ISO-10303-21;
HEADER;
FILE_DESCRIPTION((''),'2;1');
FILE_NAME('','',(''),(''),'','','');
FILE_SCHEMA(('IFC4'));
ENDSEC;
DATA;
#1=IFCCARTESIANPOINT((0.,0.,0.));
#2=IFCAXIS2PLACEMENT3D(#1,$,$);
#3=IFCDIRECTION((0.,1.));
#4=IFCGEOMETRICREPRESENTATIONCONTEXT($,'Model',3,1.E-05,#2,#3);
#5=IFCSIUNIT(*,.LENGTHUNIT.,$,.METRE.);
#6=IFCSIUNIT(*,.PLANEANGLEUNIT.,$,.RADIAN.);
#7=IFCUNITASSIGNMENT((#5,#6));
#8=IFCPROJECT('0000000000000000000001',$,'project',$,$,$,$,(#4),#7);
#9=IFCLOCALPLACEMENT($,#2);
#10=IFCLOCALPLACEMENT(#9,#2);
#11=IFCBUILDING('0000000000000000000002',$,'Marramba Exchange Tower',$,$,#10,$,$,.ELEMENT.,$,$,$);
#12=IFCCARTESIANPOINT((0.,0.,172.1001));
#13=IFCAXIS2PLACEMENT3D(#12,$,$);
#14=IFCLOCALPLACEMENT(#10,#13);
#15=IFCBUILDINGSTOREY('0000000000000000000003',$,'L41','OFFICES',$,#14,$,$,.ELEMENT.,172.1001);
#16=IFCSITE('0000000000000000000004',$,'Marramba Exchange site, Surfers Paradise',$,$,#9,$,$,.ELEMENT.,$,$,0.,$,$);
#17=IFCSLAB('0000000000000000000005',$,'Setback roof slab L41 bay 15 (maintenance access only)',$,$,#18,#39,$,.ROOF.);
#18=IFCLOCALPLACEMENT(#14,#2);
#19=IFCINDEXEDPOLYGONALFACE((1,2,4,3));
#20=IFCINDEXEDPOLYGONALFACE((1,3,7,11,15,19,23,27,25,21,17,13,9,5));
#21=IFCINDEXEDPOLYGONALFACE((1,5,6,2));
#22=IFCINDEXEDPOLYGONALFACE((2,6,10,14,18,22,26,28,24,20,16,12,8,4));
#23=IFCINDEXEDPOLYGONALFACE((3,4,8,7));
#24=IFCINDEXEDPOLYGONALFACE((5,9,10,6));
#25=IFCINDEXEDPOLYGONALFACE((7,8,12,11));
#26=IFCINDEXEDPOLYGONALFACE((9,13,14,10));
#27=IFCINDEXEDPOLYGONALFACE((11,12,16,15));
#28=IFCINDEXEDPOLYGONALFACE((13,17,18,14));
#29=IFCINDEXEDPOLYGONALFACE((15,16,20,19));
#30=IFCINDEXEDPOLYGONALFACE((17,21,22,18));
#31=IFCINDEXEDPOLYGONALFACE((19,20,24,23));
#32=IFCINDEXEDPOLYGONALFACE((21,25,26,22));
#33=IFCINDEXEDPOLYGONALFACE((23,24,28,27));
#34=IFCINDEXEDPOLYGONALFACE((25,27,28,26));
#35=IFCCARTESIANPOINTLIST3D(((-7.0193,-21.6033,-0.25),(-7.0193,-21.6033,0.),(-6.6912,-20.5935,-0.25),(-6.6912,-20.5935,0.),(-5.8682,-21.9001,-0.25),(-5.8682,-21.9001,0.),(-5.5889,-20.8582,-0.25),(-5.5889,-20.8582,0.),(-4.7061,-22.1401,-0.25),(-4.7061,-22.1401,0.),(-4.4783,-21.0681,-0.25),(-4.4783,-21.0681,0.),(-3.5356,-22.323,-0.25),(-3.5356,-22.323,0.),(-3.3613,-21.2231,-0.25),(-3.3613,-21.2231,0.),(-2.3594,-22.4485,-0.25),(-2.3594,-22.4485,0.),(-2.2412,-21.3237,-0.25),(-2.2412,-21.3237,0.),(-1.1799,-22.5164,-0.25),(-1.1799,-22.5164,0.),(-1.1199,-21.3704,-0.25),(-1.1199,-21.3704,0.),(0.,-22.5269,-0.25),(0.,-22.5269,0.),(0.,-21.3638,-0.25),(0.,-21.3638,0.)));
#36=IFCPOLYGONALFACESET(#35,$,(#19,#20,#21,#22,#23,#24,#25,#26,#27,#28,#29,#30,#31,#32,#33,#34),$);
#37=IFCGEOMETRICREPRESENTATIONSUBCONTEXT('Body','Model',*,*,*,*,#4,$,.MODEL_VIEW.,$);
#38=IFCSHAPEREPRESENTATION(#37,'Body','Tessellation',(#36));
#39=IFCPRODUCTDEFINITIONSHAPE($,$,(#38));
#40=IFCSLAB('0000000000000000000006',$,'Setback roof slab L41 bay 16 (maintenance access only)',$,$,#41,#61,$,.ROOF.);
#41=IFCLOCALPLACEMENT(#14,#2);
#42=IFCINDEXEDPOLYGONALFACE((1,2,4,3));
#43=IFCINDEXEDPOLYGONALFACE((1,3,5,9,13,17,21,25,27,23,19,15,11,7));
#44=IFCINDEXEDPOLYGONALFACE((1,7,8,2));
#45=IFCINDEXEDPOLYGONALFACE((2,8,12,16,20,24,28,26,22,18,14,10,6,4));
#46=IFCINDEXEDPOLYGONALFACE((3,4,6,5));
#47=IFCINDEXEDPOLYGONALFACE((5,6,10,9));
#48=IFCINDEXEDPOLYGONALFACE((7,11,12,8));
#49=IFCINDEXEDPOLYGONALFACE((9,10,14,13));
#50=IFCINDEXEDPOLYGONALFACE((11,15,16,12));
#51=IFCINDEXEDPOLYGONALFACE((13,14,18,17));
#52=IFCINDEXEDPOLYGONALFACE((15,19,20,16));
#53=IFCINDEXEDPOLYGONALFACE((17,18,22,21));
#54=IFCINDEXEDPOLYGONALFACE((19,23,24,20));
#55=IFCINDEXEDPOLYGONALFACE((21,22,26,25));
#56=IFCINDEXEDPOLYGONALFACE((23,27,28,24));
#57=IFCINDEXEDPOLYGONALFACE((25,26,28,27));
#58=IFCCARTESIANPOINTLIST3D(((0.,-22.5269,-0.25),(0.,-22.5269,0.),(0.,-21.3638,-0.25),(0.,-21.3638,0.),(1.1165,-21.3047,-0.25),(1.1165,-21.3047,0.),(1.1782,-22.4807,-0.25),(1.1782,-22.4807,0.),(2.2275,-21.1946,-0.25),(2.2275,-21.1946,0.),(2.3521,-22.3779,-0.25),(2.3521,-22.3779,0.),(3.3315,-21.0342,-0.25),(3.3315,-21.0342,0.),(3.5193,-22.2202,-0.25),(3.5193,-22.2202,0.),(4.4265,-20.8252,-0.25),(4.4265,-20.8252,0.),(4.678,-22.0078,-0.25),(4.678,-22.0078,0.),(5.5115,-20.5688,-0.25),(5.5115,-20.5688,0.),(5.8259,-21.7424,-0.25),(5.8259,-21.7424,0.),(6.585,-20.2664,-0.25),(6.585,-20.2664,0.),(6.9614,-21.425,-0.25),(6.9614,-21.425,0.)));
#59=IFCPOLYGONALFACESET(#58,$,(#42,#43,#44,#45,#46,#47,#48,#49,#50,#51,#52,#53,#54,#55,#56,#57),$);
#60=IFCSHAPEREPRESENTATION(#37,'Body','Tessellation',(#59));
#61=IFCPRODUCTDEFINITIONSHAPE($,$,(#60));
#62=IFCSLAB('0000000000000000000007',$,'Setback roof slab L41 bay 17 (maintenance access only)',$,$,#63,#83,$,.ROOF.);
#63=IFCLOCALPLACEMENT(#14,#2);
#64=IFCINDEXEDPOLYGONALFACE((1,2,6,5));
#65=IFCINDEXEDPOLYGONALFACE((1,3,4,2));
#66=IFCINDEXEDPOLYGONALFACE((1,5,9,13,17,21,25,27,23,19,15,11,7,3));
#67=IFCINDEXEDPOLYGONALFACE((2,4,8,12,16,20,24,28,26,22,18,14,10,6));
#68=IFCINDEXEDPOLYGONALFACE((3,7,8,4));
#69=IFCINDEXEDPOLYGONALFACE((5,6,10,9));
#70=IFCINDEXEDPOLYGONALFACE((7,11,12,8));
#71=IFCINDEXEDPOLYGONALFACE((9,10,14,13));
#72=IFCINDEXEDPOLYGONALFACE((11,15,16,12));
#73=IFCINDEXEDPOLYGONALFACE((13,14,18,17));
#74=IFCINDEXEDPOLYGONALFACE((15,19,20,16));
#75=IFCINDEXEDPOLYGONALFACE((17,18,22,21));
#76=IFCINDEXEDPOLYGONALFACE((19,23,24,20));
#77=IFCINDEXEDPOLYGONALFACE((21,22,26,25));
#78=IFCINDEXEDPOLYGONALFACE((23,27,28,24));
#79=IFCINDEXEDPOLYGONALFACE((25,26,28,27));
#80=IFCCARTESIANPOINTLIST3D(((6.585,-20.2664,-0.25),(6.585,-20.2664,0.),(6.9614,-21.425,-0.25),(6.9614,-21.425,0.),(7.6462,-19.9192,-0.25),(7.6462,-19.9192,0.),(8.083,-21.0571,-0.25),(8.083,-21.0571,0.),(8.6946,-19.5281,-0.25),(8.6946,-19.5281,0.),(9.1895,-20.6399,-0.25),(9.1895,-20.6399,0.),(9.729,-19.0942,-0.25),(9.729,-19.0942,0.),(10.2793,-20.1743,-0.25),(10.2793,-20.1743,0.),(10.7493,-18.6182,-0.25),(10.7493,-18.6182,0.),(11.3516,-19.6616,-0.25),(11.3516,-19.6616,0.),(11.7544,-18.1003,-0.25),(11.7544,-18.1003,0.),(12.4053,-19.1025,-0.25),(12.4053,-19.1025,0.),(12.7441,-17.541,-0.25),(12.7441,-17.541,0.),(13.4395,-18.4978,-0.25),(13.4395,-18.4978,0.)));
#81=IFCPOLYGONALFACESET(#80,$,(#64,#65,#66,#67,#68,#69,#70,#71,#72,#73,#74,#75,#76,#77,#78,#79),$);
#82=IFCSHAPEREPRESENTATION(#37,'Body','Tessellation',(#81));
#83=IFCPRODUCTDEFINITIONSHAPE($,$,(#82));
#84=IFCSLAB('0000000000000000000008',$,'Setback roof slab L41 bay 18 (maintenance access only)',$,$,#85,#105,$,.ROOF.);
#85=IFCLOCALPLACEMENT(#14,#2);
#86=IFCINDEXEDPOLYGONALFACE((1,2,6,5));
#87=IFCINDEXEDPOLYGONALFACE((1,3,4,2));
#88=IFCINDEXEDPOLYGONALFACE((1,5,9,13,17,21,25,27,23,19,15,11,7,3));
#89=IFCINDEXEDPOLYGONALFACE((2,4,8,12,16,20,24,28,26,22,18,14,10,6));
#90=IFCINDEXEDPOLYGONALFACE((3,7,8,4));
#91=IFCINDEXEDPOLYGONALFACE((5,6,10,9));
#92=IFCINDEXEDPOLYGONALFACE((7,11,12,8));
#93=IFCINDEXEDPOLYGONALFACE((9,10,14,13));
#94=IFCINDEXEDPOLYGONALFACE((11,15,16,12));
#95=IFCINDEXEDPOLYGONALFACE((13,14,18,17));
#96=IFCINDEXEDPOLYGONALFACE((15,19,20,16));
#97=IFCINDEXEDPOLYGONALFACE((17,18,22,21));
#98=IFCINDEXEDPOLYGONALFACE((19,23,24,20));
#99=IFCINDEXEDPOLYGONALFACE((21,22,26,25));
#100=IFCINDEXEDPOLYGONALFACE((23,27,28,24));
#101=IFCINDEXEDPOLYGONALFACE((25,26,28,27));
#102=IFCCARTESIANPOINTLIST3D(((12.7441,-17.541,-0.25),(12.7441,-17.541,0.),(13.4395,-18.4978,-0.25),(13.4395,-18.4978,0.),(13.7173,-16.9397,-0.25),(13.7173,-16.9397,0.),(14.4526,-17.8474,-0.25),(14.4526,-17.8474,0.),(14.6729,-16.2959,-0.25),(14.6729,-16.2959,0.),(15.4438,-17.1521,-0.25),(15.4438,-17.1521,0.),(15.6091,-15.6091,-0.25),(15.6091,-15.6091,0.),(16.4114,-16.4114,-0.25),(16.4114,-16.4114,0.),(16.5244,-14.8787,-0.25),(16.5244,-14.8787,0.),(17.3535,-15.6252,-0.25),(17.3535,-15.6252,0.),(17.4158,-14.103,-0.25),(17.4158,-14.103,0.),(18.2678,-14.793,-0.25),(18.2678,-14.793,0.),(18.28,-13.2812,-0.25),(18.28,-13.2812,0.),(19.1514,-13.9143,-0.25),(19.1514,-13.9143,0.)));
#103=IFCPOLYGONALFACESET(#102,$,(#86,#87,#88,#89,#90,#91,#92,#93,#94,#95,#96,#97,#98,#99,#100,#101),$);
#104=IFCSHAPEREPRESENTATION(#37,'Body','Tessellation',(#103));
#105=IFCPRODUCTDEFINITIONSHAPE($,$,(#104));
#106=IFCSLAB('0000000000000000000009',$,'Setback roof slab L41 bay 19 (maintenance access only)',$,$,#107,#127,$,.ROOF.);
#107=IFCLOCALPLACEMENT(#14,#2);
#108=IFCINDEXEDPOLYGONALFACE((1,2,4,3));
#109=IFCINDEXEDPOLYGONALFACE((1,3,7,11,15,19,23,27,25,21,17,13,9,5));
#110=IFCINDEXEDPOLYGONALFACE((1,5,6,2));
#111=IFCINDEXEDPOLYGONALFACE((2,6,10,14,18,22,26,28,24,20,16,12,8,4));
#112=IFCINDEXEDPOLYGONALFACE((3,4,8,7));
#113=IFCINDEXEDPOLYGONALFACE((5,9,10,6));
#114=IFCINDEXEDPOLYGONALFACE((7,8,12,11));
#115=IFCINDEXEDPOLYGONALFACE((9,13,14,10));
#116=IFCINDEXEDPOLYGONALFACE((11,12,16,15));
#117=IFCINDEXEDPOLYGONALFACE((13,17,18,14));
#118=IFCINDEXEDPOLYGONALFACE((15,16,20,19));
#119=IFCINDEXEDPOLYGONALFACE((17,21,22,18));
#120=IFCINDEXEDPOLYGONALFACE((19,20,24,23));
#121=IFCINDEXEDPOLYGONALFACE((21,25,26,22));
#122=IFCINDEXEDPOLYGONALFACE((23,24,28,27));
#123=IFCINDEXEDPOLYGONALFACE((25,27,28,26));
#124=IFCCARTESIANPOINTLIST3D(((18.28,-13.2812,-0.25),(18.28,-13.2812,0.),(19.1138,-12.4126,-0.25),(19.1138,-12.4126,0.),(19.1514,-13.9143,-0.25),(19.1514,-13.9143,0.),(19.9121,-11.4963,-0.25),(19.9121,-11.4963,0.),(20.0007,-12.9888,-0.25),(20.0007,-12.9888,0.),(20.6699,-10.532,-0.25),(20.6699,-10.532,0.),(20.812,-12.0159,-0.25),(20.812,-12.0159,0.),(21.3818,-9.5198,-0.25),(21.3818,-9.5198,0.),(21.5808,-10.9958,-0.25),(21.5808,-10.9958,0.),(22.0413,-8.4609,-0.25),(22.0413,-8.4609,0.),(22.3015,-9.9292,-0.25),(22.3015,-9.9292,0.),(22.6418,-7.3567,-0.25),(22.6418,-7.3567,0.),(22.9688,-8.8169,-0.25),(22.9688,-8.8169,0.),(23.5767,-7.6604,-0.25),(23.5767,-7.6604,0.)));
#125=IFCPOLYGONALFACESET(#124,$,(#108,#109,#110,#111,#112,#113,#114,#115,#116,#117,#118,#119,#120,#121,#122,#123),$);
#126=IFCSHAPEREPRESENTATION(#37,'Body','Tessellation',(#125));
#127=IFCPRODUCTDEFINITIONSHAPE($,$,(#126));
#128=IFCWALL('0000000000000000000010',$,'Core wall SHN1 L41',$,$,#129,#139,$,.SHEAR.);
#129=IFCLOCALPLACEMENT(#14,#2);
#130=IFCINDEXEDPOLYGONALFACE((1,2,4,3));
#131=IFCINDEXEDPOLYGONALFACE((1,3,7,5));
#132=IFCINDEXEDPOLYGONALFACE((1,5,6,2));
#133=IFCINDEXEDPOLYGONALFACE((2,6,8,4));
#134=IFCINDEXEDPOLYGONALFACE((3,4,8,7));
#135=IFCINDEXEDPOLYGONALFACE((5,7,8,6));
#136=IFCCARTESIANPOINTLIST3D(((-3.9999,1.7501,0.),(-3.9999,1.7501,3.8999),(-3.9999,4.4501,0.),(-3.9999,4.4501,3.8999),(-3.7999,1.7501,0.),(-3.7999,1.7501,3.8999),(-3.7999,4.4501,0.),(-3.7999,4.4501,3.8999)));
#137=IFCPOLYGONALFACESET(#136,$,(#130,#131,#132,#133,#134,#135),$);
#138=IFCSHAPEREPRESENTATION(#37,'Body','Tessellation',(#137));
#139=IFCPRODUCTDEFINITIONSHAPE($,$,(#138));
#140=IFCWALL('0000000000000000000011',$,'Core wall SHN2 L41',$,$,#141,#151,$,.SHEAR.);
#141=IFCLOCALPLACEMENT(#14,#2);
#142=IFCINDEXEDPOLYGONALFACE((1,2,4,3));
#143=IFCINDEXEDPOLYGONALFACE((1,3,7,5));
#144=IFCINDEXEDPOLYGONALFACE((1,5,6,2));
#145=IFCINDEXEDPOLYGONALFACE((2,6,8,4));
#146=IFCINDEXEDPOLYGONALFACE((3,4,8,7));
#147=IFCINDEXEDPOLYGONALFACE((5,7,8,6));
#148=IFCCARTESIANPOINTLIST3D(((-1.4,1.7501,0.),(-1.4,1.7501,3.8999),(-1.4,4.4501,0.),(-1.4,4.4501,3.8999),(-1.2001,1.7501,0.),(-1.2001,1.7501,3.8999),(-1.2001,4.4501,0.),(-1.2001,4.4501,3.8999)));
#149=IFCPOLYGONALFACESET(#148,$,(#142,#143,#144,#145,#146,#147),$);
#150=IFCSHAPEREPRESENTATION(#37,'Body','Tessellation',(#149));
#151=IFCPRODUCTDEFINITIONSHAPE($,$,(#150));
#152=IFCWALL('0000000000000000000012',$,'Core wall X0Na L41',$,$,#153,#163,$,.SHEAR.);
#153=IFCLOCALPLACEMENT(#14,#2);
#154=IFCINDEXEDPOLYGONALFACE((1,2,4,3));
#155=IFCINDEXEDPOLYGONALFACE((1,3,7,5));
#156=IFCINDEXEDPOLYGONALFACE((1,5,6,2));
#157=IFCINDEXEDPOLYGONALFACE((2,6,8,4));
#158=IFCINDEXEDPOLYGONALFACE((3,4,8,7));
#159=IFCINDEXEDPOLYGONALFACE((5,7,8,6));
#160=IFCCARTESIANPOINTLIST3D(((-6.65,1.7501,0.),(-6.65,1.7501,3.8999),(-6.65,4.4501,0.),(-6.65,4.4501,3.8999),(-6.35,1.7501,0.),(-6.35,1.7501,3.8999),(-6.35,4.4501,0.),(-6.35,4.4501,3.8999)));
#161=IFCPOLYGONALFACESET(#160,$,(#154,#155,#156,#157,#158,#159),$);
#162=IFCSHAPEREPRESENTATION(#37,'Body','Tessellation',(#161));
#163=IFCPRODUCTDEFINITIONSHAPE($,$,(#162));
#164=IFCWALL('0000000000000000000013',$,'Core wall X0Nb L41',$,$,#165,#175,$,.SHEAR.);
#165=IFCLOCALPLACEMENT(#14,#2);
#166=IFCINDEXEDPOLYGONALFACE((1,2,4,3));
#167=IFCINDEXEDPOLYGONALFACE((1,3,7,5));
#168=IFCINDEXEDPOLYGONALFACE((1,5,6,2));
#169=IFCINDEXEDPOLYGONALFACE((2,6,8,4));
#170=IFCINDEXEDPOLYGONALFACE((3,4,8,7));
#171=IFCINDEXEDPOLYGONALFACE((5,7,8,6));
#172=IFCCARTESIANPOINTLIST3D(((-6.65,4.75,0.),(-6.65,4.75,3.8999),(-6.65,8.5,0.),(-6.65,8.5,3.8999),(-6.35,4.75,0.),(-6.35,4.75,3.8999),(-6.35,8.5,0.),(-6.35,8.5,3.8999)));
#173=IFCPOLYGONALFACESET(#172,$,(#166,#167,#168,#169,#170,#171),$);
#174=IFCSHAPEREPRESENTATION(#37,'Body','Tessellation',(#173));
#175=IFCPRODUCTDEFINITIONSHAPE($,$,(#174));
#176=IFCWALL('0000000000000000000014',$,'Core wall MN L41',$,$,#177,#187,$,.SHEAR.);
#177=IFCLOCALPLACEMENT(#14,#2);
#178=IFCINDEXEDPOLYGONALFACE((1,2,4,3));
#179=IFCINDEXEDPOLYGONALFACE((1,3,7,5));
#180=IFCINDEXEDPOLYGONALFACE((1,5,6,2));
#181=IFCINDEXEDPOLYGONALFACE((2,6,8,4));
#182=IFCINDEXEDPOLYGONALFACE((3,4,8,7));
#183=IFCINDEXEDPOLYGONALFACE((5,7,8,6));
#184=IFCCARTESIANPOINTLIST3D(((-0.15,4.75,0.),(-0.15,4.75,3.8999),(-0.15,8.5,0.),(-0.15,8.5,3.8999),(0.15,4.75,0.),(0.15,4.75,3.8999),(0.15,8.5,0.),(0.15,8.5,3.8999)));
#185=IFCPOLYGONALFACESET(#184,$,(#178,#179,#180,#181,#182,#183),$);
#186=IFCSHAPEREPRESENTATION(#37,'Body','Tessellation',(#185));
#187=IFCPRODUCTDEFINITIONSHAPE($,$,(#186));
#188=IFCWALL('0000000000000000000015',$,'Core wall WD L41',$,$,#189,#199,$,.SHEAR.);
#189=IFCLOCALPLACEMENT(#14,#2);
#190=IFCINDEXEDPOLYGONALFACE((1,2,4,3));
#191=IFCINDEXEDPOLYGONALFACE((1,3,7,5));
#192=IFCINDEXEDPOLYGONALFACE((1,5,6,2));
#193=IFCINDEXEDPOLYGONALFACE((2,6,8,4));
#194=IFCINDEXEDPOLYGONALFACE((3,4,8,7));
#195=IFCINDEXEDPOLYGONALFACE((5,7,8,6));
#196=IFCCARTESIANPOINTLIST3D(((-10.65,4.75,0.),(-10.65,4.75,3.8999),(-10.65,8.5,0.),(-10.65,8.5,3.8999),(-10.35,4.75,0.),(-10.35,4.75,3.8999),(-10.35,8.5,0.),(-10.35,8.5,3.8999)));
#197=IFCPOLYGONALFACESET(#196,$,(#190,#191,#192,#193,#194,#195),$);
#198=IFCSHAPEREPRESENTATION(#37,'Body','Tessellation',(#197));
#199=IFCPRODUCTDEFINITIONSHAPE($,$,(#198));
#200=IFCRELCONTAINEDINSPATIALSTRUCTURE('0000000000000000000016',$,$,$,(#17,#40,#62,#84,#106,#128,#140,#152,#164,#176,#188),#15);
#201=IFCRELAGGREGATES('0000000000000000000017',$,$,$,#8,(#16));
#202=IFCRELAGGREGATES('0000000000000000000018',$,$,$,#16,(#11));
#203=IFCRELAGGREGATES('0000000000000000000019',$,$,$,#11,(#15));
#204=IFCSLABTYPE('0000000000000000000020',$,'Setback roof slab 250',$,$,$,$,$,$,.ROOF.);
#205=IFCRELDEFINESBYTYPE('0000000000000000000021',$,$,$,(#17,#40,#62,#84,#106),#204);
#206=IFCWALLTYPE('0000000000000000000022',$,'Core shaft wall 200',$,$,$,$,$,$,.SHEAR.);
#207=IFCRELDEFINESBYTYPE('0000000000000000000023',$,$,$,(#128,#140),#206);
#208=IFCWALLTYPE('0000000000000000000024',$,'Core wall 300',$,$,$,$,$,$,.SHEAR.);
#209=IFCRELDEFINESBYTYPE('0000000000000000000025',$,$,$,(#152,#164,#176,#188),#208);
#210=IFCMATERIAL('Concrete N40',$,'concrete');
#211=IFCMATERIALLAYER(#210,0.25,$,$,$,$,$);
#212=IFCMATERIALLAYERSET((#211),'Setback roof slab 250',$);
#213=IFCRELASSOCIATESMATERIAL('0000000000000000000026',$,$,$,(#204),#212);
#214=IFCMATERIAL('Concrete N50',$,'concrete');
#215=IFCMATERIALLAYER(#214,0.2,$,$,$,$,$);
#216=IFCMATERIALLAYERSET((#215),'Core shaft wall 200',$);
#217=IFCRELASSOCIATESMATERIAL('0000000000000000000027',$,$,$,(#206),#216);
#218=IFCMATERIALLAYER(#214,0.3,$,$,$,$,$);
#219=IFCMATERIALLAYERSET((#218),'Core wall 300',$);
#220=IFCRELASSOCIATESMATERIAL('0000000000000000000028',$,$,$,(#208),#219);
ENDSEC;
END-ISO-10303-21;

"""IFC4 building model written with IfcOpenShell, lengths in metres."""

from ifc_helpers import new_model, si_unit, direction, frame, frame_2d, origin, place, context, subcontext, project, spatial, polyline, rectangle, outline, extrude, material, layer, layer_set, type_object, element, save


model = new_model("IFC4")

# Units and contexts
model_context = context("Model", 3, precision=1e-05, world=origin(), true_north=direction((0.0, 1.0)))
body_context = subcontext(model_context, "Body", "Model", "MODEL_VIEW")
ifc_project = project(units=[si_unit("LENGTHUNIT", "METRE"), si_unit("PLANEANGLEUNIT", "RADIAN")], contexts=[model_context])

# Site, building, storey
site_placement = place(None, origin())
site = spatial("IfcSite", under=ifc_project, at=site_placement, Name="Marramba Exchange site, Surfers Paradise", CompositionType="ELEMENT", RefElevation=0.0)
building_placement = place(site_placement, origin())
building = spatial("IfcBuilding", under=site, at=building_placement, Name="Marramba Exchange Tower", CompositionType="ELEMENT")
storey_placement = place(building_placement, frame((0.0, 0.0, 172.1001)))
storey = spatial("IfcBuildingStorey", under=building, at=storey_placement, Name="L41", Description="OFFICES", CompositionType="ELEMENT", Elevation=172.1001)

# Slabs
ifc_material_1 = material(Name="Concrete N40", Category="concrete")
ifc_layer_1 = layer(ifc_material_1, 0.25)
ifc_layer_set_1 = layer_set([ifc_layer_1], Name="Setback roof slab 250")
slab_type = type_object("IfcSlabType", Name="Setback roof slab 250", PredefinedType="ROOF", material=ifc_layer_set_1)
slab_1_placement = place(storey_placement, frame((0.0, 0.0, -0.25)))
element("IfcSlab", 1, at=slab_1_placement, inside=storey, type_object=slab_type, Name="Setback roof slab L41 bay 15 (maintenance access only)", PredefinedType="ROOF", context=body_context, shape_type="SweptSolid", body=[
    extrude(outline(polyline([(-1.1799, -22.5164), (-2.3594, -22.4485), (-3.5356, -22.323), (-4.7061, -22.1401), (-5.8682, -21.9001), (-7.0193, -21.6033), (-6.6912, -20.5935), (-5.5889, -20.8582), (-4.4783, -21.0681), (-3.3613, -21.2231), (-2.2412, -21.3237), (-1.1199, -21.3704), (0.0, -21.3638), (0.0, -22.5269), (-1.1799, -22.5164)])), origin(), (0.0, 0.0, 1.0), 0.25),
])
slab_2_placement = place(storey_placement, frame((0.0, 0.0, -0.25)))
element("IfcSlab", 2, at=slab_2_placement, inside=storey, type_object=slab_type, Name="Setback roof slab L41 bay 16 (maintenance access only)", PredefinedType="ROOF", context=body_context, shape_type="SweptSolid", body=[
    extrude(outline(polyline([(6.9614, -21.425), (5.8259, -21.7424), (4.678, -22.0078), (3.5193, -22.2202), (2.3521, -22.3779), (1.1782, -22.4807), (0.0, -22.5269), (0.0, -21.3638), (1.1165, -21.3047), (2.2275, -21.1946), (3.3315, -21.0342), (4.4265, -20.8252), (5.5115, -20.5688), (6.585, -20.2664), (6.9614, -21.425)])), origin(), (0.0, 0.0, 1.0), 0.25),
])
slab_3_placement = place(storey_placement, frame((0.0, 0.0, -0.25)))
element("IfcSlab", 3, at=slab_3_placement, inside=storey, type_object=slab_type, Name="Setback roof slab L41 bay 17 (maintenance access only)", PredefinedType="ROOF", context=body_context, shape_type="SweptSolid", body=[
    extrude(outline(polyline([(12.4053, -19.1025), (11.3516, -19.6616), (10.2793, -20.1743), (9.1895, -20.6399), (8.083, -21.0571), (6.9614, -21.425), (6.585, -20.2664), (7.6462, -19.9192), (8.6946, -19.5281), (9.729, -19.0942), (10.7493, -18.6182), (11.7544, -18.1003), (12.7441, -17.541), (13.4395, -18.4978), (12.4053, -19.1025)])), origin(), (0.0, 0.0, 1.0), 0.25),
])
slab_4_placement = place(storey_placement, frame((0.0, 0.0, -0.25)))
element("IfcSlab", 4, at=slab_4_placement, inside=storey, type_object=slab_type, Name="Setback roof slab L41 bay 18 (maintenance access only)", PredefinedType="ROOF", context=body_context, shape_type="SweptSolid", body=[
    extrude(outline(polyline([(19.1514, -13.9143), (18.2678, -14.793), (17.3535, -15.6252), (16.4114, -16.4114), (15.4438, -17.1521), (14.4526, -17.8474), (13.4395, -18.4978), (12.7441, -17.541), (13.7173, -16.9397), (14.6729, -16.2959), (15.6091, -15.6091), (16.5244, -14.8787), (17.4158, -14.103), (18.28, -13.2812), (19.1514, -13.9143)])), origin(), (0.0, 0.0, 1.0), 0.25),
])
slab_5_placement = place(storey_placement, frame((0.0, 0.0, -0.25)))
element("IfcSlab", 5, at=slab_5_placement, inside=storey, type_object=slab_type, Name="Setback roof slab L41 bay 19 (maintenance access only)", PredefinedType="ROOF", context=body_context, shape_type="SweptSolid", body=[
    extrude(outline(polyline([(23.5767, -7.6604), (22.9688, -8.8169), (22.3015, -9.9292), (21.5808, -10.9958), (20.812, -12.0159), (20.0007, -12.9888), (19.1514, -13.9143), (18.28, -13.2812), (19.1138, -12.4126), (19.9121, -11.4963), (20.6699, -10.532), (21.3818, -9.5198), (22.0413, -8.4609), (22.6418, -7.3567), (23.5767, -7.6604)])), origin(), (0.0, 0.0, 1.0), 0.25),
])

# Walls
ifc_material_2 = material(Name="Concrete N50", Category="concrete")
ifc_layer_2 = layer(ifc_material_2, 0.2)
ifc_layer_set_2 = layer_set([ifc_layer_2], Name="Core shaft wall 200")
wall_type_1 = type_object("IfcWallType", Name="Core shaft wall 200", PredefinedType="SHEAR", material=ifc_layer_set_2)
for number, where, z_axis, x_axis, name in (
    (6, (-3.8999, 1.75, 0.0), (0.0, 0.0, 1.0), (0.0, 1.0, 0.0), "Core wall SHN1 L41"),
    (7, (-1.3, 1.75, 0.0), (0.0, 0.0, 1.0), (0.0, 1.0, 0.0), "Core wall SHN2 L41"),
):
    element("IfcWall", number, at=place(storey_placement, frame(where, z_axis=z_axis, x_axis=x_axis)), inside=storey, type_object=wall_type_1, Name=name, PredefinedType="SHEAR", context=body_context, shape_type="SweptSolid", body=[
        extrude(rectangle(XDim=2.7, YDim=0.2, at=frame_2d((1.3501, 0.0))), origin(), (0.0, 0.0, 1.0), 3.8999),
    ])
ifc_layer_3 = layer(ifc_material_2, 0.3)
ifc_layer_set_3 = layer_set([ifc_layer_3], Name="Core wall 300")
wall_type_2 = type_object("IfcWallType", Name="Core wall 300", PredefinedType="SHEAR", material=ifc_layer_set_3)
wall_1_placement = place(storey_placement, frame((-6.5, 1.75, 0.0), z_axis=(0.0, 0.0, 1.0), x_axis=(0.0, 1.0, 0.0)))
element("IfcWall", 8, at=wall_1_placement, inside=storey, type_object=wall_type_2, Name="Core wall X0Na L41", PredefinedType="SHEAR", context=body_context, shape_type="SweptSolid", body=[
    extrude(rectangle(XDim=2.7, YDim=0.3, at=frame_2d((1.3501, 0.0))), origin(), (0.0, 0.0, 1.0), 3.8999),
])
for number, where, z_axis, x_axis, name in (
    (9, (-6.5, 4.75, 0.0), (0.0, 0.0, 1.0), (0.0, 1.0, 0.0), "Core wall X0Nb L41"),
    (10, (0.0, 4.75, 0.0), (0.0, 0.0, 1.0), (0.0, 1.0, 0.0), "Core wall MN L41"),
    (11, (-10.5, 4.75, 0.0), (0.0, 0.0, 1.0), (0.0, 1.0, 0.0), "Core wall WD L41"),
):
    element("IfcWall", number, at=place(storey_placement, frame(where, z_axis=z_axis, x_axis=x_axis)), inside=storey, type_object=wall_type_2, Name=name, PredefinedType="SHEAR", context=body_context, shape_type="SweptSolid", body=[
        extrude(rectangle(XDim=3.75, YDim=0.3, at=frame_2d((1.875, 0.0))), origin(), (0.0, 0.0, 1.0), 3.8999),
    ])

save(model, "model.ifc")
